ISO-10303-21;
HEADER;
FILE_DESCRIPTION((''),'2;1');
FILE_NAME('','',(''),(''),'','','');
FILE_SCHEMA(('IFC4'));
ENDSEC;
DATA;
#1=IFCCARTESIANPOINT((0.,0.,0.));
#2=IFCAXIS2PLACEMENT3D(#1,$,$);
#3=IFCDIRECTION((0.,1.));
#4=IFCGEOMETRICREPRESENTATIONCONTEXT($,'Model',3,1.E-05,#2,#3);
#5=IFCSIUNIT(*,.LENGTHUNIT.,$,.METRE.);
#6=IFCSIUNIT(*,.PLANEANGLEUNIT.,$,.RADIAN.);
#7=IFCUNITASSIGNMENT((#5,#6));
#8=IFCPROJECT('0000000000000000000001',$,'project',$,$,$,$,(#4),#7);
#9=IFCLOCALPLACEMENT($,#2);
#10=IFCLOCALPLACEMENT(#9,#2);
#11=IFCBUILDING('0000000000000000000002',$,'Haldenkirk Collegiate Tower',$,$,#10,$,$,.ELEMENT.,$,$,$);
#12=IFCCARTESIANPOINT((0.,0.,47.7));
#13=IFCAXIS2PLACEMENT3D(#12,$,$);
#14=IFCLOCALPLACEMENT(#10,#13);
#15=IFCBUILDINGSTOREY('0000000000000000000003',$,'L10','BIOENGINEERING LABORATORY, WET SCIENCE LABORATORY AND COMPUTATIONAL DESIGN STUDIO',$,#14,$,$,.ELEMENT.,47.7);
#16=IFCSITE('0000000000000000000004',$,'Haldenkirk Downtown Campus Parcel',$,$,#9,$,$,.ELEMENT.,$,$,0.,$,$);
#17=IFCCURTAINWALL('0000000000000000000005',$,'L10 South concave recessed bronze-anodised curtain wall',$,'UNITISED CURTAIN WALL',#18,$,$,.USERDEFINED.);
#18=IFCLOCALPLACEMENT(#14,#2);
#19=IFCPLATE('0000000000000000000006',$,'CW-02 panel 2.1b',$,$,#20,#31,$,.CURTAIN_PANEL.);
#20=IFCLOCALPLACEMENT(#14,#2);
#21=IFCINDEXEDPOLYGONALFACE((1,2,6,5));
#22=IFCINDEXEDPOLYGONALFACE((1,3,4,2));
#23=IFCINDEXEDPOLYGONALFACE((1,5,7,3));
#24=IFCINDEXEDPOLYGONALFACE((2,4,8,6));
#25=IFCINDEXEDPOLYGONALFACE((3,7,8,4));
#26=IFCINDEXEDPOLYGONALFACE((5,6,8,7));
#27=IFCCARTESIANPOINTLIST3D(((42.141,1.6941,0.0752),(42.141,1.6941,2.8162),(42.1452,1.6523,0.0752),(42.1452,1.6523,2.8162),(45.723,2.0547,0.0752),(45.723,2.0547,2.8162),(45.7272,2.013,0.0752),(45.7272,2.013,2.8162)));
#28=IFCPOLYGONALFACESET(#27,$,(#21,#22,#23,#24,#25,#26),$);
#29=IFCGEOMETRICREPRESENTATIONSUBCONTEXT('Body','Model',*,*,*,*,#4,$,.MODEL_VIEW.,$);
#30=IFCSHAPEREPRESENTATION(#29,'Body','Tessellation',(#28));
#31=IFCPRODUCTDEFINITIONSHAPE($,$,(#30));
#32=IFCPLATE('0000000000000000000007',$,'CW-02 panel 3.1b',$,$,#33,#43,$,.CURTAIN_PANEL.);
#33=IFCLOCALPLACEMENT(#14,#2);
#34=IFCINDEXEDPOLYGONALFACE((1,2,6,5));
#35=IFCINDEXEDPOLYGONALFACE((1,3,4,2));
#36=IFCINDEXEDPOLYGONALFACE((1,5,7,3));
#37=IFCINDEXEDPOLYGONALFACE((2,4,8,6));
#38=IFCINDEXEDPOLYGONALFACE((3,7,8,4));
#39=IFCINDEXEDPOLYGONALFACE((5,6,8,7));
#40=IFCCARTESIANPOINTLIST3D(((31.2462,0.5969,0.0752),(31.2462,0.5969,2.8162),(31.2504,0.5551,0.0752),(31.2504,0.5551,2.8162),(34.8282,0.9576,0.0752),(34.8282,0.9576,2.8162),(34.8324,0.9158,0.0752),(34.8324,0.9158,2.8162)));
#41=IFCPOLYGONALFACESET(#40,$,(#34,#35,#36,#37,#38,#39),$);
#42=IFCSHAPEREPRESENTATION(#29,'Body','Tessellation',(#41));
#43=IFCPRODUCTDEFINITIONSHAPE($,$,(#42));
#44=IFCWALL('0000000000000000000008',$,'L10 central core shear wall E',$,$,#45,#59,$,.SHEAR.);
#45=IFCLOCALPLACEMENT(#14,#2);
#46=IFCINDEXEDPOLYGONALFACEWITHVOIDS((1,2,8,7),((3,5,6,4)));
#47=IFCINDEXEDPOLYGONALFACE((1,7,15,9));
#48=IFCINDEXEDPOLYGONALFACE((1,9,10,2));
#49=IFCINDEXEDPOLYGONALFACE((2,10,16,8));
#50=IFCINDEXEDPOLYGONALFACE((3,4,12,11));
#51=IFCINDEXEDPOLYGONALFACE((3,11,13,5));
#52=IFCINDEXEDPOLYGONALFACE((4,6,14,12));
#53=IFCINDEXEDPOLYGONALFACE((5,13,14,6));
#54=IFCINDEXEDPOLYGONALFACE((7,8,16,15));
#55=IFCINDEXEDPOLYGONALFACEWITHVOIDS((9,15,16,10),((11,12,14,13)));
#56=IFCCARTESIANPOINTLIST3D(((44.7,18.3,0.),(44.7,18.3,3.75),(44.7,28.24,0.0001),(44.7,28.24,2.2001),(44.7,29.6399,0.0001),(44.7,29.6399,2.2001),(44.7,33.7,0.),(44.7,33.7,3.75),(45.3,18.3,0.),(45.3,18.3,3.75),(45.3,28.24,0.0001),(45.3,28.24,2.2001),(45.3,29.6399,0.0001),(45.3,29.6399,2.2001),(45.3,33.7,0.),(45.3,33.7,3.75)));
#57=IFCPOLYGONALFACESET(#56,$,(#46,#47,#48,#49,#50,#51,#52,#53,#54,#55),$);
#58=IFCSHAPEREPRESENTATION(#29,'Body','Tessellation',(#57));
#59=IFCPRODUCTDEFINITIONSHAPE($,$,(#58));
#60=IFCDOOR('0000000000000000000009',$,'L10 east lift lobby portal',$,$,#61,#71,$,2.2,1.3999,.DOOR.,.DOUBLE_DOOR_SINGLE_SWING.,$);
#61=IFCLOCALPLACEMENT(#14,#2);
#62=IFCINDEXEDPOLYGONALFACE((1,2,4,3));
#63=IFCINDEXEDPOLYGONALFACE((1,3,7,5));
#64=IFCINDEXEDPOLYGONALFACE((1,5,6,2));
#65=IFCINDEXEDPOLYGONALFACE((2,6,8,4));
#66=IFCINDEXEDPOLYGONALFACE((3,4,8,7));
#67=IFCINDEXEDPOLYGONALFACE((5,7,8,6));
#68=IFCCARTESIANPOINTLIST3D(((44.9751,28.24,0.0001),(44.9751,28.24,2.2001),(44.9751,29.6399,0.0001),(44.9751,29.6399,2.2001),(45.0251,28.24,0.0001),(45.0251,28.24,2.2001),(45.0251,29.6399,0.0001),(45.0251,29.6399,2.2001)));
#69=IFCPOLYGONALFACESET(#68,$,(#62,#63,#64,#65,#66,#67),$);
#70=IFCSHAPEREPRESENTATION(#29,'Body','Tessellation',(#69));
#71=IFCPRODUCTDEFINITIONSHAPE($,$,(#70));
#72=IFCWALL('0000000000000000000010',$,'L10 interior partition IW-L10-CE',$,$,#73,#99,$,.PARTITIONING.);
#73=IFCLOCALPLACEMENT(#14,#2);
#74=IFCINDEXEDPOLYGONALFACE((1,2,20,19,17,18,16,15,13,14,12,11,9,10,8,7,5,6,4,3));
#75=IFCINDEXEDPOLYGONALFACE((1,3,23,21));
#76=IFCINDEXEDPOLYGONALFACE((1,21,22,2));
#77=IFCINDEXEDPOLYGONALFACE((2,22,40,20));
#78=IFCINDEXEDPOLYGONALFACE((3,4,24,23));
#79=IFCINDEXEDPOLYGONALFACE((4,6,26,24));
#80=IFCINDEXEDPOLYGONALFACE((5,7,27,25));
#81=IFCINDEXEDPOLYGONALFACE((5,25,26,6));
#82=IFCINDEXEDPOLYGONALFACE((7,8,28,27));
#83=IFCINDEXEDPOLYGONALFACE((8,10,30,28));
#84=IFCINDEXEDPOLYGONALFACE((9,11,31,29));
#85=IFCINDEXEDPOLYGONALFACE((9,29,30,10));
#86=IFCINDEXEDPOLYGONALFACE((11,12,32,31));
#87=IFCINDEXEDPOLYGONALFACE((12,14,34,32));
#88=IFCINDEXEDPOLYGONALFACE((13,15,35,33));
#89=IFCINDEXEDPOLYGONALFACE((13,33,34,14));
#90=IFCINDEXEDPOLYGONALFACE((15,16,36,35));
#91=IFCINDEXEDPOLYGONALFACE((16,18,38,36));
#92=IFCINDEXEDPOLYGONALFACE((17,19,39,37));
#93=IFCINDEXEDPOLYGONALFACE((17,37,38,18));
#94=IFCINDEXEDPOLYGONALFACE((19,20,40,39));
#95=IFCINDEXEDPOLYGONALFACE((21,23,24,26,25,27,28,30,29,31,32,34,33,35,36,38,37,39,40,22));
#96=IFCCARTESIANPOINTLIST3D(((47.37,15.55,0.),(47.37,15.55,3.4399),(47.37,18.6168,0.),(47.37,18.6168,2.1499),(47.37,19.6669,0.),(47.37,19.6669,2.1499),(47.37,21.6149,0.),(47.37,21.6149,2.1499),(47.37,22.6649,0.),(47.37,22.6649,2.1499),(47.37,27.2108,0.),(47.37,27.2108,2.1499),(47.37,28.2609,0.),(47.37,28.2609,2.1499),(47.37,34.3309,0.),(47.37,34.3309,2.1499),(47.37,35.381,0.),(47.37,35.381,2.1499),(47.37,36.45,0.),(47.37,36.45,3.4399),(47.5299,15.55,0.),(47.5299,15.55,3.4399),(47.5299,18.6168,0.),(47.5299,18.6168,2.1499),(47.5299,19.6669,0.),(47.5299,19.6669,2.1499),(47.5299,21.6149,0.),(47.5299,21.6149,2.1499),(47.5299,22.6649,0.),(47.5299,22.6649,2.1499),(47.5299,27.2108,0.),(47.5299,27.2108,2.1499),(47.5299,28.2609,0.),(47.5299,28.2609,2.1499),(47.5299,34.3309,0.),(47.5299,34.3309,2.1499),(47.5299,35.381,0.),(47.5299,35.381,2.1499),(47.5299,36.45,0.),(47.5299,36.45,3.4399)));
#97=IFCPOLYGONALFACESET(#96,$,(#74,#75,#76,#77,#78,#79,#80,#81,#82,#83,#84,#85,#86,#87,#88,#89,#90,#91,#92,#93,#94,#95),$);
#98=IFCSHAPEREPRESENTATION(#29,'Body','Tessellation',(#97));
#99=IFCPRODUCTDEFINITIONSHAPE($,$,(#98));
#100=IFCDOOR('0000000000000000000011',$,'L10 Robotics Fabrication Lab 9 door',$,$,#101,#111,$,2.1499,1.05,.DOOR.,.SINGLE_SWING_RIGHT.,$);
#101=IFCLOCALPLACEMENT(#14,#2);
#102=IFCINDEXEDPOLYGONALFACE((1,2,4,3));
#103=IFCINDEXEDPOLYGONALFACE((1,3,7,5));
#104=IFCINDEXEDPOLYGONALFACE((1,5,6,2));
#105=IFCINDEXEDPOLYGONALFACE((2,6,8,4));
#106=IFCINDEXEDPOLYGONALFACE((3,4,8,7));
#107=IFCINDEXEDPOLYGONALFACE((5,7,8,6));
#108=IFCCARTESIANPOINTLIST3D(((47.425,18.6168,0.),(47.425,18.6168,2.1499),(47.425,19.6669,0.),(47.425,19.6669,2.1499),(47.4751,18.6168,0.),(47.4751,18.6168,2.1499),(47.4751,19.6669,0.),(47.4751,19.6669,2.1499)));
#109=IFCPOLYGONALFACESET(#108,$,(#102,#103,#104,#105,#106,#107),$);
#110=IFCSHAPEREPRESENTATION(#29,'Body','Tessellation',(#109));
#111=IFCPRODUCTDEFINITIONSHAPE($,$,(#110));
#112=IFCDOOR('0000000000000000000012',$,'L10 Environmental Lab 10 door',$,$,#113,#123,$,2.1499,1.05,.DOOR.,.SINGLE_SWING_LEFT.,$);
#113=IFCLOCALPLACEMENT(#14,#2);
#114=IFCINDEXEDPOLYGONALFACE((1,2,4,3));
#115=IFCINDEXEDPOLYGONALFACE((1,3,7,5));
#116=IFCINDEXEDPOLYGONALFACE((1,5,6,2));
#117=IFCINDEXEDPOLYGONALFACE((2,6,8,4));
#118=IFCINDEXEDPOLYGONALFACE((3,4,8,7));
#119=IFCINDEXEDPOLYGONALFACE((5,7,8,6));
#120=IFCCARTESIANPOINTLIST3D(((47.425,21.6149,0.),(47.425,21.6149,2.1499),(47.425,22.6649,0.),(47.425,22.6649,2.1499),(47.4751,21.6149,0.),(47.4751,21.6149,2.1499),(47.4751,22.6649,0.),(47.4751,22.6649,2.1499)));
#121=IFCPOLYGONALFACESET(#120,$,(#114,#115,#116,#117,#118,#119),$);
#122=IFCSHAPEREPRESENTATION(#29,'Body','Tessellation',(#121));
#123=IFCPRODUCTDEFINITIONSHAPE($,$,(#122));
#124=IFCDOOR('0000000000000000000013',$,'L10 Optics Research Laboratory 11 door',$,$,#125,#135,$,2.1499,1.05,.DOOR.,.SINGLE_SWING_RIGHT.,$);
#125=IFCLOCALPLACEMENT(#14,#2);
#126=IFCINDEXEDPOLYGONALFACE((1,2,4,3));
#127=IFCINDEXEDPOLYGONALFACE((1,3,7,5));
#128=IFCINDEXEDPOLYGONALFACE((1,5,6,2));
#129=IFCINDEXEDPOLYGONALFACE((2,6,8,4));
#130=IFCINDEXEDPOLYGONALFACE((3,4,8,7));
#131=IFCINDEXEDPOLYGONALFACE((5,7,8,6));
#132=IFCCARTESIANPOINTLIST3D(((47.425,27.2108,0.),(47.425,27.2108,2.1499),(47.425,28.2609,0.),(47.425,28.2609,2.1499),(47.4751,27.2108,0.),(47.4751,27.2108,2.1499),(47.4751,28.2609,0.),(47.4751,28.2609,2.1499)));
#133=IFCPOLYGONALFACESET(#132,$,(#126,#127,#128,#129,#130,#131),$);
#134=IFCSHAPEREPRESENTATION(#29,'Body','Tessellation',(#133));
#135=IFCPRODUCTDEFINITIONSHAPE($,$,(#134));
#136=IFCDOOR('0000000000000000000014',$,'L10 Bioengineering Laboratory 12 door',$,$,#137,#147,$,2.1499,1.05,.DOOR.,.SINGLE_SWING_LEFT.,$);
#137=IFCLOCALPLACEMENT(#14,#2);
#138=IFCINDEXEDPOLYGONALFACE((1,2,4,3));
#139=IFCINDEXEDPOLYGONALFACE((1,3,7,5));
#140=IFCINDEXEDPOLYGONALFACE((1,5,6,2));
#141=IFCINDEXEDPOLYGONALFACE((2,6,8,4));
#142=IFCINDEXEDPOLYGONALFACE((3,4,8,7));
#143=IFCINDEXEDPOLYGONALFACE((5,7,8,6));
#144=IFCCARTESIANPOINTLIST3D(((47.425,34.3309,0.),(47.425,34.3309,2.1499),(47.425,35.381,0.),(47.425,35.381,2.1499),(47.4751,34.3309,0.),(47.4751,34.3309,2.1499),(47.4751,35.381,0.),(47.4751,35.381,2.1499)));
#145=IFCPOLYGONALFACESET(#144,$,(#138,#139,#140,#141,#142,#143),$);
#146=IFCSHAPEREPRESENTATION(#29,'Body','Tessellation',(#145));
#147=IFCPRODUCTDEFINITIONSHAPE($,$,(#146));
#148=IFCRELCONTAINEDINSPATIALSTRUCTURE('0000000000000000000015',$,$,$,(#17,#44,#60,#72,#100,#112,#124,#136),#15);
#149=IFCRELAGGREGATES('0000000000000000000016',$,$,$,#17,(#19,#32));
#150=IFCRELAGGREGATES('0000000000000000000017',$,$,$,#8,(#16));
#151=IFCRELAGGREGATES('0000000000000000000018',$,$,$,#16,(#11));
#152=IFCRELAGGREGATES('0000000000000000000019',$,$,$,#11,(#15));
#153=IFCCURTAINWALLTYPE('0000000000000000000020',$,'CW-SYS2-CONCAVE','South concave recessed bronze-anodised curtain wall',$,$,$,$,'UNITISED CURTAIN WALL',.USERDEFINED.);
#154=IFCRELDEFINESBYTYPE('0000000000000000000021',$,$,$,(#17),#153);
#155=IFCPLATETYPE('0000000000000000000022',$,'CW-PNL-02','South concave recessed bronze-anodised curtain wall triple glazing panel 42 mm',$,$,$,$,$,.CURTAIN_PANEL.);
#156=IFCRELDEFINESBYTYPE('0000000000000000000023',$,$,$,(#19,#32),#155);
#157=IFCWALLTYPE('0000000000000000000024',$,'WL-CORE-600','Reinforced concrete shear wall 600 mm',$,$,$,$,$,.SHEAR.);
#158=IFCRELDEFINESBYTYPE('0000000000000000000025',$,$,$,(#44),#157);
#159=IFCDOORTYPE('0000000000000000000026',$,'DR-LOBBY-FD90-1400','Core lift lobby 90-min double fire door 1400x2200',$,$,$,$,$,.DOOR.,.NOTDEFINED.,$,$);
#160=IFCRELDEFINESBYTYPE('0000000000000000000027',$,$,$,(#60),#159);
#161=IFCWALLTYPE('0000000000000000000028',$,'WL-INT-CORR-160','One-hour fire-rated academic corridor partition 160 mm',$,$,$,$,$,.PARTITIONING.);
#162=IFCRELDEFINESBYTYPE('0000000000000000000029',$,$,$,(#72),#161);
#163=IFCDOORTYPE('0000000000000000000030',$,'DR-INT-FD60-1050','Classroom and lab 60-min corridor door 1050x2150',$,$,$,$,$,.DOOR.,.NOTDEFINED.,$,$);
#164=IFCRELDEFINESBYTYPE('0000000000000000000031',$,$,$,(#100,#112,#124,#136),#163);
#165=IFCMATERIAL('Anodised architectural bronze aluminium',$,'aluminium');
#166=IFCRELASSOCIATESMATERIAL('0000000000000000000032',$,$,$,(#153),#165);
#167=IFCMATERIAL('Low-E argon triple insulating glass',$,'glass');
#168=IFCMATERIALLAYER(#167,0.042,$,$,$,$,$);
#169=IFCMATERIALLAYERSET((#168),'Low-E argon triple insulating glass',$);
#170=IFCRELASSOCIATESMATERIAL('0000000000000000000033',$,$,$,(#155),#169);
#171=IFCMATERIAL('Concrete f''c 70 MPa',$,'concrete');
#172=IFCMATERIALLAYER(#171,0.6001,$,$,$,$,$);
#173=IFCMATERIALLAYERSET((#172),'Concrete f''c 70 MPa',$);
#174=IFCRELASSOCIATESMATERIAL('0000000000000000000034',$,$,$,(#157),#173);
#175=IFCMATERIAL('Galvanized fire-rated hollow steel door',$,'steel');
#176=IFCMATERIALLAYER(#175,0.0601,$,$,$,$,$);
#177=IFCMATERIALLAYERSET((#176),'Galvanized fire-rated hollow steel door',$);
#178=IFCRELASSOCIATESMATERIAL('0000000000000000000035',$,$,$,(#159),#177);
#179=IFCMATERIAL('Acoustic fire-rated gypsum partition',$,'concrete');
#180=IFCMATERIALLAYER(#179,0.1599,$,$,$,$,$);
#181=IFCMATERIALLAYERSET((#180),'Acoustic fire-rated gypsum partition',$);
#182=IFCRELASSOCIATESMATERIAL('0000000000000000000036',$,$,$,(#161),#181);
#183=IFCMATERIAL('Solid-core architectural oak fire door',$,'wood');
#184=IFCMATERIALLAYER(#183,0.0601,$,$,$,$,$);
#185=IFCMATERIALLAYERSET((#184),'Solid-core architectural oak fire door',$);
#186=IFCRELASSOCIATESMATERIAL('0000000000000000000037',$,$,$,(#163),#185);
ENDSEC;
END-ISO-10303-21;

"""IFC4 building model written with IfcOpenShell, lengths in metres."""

from ifc_helpers import new_model, si_unit, direction, frame, frame_2d, origin, origin_2d, place, context, subcontext, project, spatial, rectangle, extrude, source, transform, mapped, material, layer, layer_set, type_object, element, fill, aggregate, save


model = new_model("IFC4")

# Units and contexts
model_context = context("Model", 3, precision=1e-05, world=origin(), true_north=direction((0.0, 1.0)))
body_context = subcontext(model_context, "Body", "Model", "MODEL_VIEW")
ifc_project = project(units=[si_unit("LENGTHUNIT", "METRE"), si_unit("PLANEANGLEUNIT", "RADIAN")], contexts=[model_context])

# Site, building, storey
site_placement = place(None, origin())
site = spatial("IfcSite", under=ifc_project, at=site_placement, Name="Haldenkirk Downtown Campus Parcel", CompositionType="ELEMENT", RefElevation=0.0)
building_placement = place(site_placement, origin())
building = spatial("IfcBuilding", under=site, at=building_placement, Name="Haldenkirk Collegiate Tower", CompositionType="ELEMENT")
storey_placement = place(building_placement, frame((0.0, 0.0, 47.7)))
storey = spatial("IfcBuildingStorey", under=building, at=storey_placement, Name="L10", Description="BIOENGINEERING LABORATORY, WET SCIENCE LABORATORY AND COMPUTATIONAL DESIGN STUDIO", CompositionType="ELEMENT", Elevation=47.7)

# Curtain wall, plates
ifc_material_1 = material(Name="Anodised architectural bronze aluminium", Category="aluminium")
curtain_wall_type = type_object("IfcCurtainWallType", Name="CW-SYS2-CONCAVE", Description="South concave recessed bronze-anodised curtain wall", ElementType="UNITISED CURTAIN WALL", PredefinedType="USERDEFINED", material=ifc_material_1)
curtain_wall_placement = place(storey_placement, origin())
curtain_wall = element("IfcCurtainWall", 1, at=curtain_wall_placement, inside=storey, type_object=curtain_wall_type, Name="L10 South concave recessed bronze-anodised curtain wall", ObjectType="UNITISED CURTAIN WALL", PredefinedType="USERDEFINED")
ifc_material_2 = material(Name="Low-E argon triple insulating glass", Category="glass")
ifc_layer_1 = layer(ifc_material_2, 0.042)
ifc_layer_set_1 = layer_set([ifc_layer_1], Name="Low-E argon triple insulating glass")
plate_type = type_object("IfcPlateType", Name="CW-PNL-02", Description="South concave recessed bronze-anodised curtain wall triple glazing panel 42 mm", PredefinedType="CURTAIN_PANEL", material=ifc_layer_set_1)
shared_shape_1 = source(origin(), body_context, "Body", "SweptSolid", [
    extrude(rectangle(XDim=3.6001, YDim=0.042, at=origin_2d()), origin(), (0.0, 0.0, 1.0), 2.741),
])
plate_1_placement = place(storey_placement, frame((43.9341, 1.8535, 0.0752), z_axis=(0.0, 0.0, 1.0), x_axis=(-0.994969, -0.100187, 0.0)))
plate_1 = element("IfcPlate", 2, at=plate_1_placement, type_object=plate_type, Name="CW-02 panel 2.1b", PredefinedType="CURTAIN_PANEL", context=body_context, shape_type="MappedRepresentation", body=[
    mapped(shared_shape_1, transform((0.0, 0.0, 0.0), x_axis=(1.0, 0.0, 0.0), y_axis=(0.0, 1.0, 0.0), z_axis=(0.0, 0.0, 1.0), scale=1.0)),
])
plate_2_placement = place(storey_placement, frame((33.0393, 0.7563, 0.0752), z_axis=(0.0, 0.0, 1.0), x_axis=(-0.994969, -0.100187, 0.0)))
plate_2 = element("IfcPlate", 3, at=plate_2_placement, type_object=plate_type, Name="CW-02 panel 3.1b", PredefinedType="CURTAIN_PANEL", context=body_context, shape_type="MappedRepresentation", body=[
    mapped(shared_shape_1, transform((0.0, 0.0, 0.0), x_axis=(1.0, 0.0, 0.0), y_axis=(0.0, 1.0, 0.0), z_axis=(0.0, 0.0, 1.0), scale=1.0)),
])
aggregate(curtain_wall, [plate_1, plate_2])

# Wall, opening, door
ifc_material_3 = material(Name="Concrete f'c 70 MPa", Category="concrete")
ifc_layer_2 = layer(ifc_material_3, 0.6001)
ifc_layer_set_2 = layer_set([ifc_layer_2], Name="Concrete f'c 70 MPa")
wall_type_1 = type_object("IfcWallType", Name="WL-CORE-600", Description="Reinforced concrete shear wall 600 mm", PredefinedType="SHEAR", material=ifc_layer_set_2)
wall_1_placement = place(storey_placement, frame((45.0, 18.3, 0.0), z_axis=(0.0, 0.0, 1.0), x_axis=(0.0, 1.0, 0.0)))
wall_1 = element("IfcWall", 4, at=wall_1_placement, inside=storey, type_object=wall_type_1, Name="L10 central core shear wall E", PredefinedType="SHEAR", context=body_context, shape_type="SweptSolid", body=[
    extrude(rectangle(XDim=15.3999, YDim=0.6001, at=frame_2d((7.7, 0.0))), origin(), (0.0, 0.0, 1.0), 3.75),
])
opening_1_placement = place(wall_1_placement, frame((9.9399, 0.0, 0.0)))
opening_1 = element("IfcOpeningElement", 5, at=opening_1_placement, cuts=wall_1, PredefinedType="OPENING", context=body_context, shape_type="SweptSolid", body=[
    extrude(rectangle(XDim=1.3999, YDim=2.2, at=frame_2d((0.7, 1.1001))), frame((0.0, 0.3101, 0.0), z_axis=(0.0, -1.0, 0.0), x_axis=(1.0, 0.0, 0.0)), (0.0, 0.0, 1.0), 0.6201),
])
ifc_material_4 = material(Name="Galvanized fire-rated hollow steel door", Category="steel")
ifc_layer_3 = layer(ifc_material_4, 0.0601)
ifc_layer_set_3 = layer_set([ifc_layer_3], Name="Galvanized fire-rated hollow steel door")
door_type_1 = type_object("IfcDoorType", Name="DR-LOBBY-FD90-1400", Description="Core lift lobby 90-min double fire door 1400x2200", OperationType="NOTDEFINED", PredefinedType="DOOR", material=ifc_layer_set_3)
door_1_placement = place(opening_1_placement, origin())
door_1 = element("IfcDoor", 6, at=door_1_placement, inside=storey, type_object=door_type_1, Name="L10 east lift lobby portal", OperationType="DOUBLE_DOOR_SINGLE_SWING", OverallHeight=2.2, OverallWidth=1.3999, PredefinedType="DOOR", context=body_context, shape_type="SweptSolid", body=[
    extrude(rectangle(XDim=1.3999, YDim=2.2, at=frame_2d((0.7, 1.1001))), frame((0.0, 0.0249, 0.0), z_axis=(0.0, -1.0, 0.0), x_axis=(1.0, 0.0, 0.0)), (0.0, 0.0, 1.0), 0.05),
])
fill(opening_1, door_1)

# Wall, openings, doors
ifc_material_5 = material(Name="Acoustic fire-rated gypsum partition", Category="concrete")
ifc_layer_4 = layer(ifc_material_5, 0.1599)
ifc_layer_set_4 = layer_set([ifc_layer_4], Name="Acoustic fire-rated gypsum partition")
wall_type_2 = type_object("IfcWallType", Name="WL-INT-CORR-160", Description="One-hour fire-rated academic corridor partition 160 mm", PredefinedType="PARTITIONING", material=ifc_layer_set_4)
wall_2_placement = place(storey_placement, frame((47.45, 15.55, 0.0), z_axis=(0.0, 0.0, 1.0), x_axis=(0.0, 1.0, 0.0)))
wall_2 = element("IfcWall", 7, at=wall_2_placement, inside=storey, type_object=wall_type_2, Name="L10 interior partition IW-L10-CE", PredefinedType="PARTITIONING", context=body_context, shape_type="SweptSolid", body=[
    extrude(rectangle(XDim=20.8999, YDim=0.1599, at=frame_2d((10.45, 0.0))), origin(), (0.0, 0.0, 1.0), 3.4399),
])
opening_2_placement = place(wall_2_placement, frame((3.0669, 0.0, 0.0)))
opening_2 = element("IfcOpeningElement", 8, at=opening_2_placement, cuts=wall_2, PredefinedType="OPENING", context=body_context, shape_type="SweptSolid", body=[
    extrude(rectangle(XDim=1.05, YDim=2.1499, at=frame_2d((0.5249, 1.075))), frame((0.0, 0.0898, 0.0), z_axis=(0.0, -1.0, 0.0), x_axis=(1.0, 0.0, 0.0)), (0.0, 0.0, 1.0), 0.1799),
])
opening_3_placement = place(wall_2_placement, frame((6.0649, 0.0, 0.0)))
opening_3 = element("IfcOpeningElement", 9, at=opening_3_placement, cuts=wall_2, PredefinedType="OPENING", context=body_context, shape_type="SweptSolid", body=[
    extrude(rectangle(XDim=1.05, YDim=2.1499, at=frame_2d((0.5249, 1.075))), frame((0.0, 0.0898, 0.0), z_axis=(0.0, -1.0, 0.0), x_axis=(1.0, 0.0, 0.0)), (0.0, 0.0, 1.0), 0.1799),
])
opening_4_placement = place(wall_2_placement, frame((11.6609, 0.0, 0.0)))
opening_4 = element("IfcOpeningElement", 10, at=opening_4_placement, cuts=wall_2, PredefinedType="OPENING", context=body_context, shape_type="SweptSolid", body=[
    extrude(rectangle(XDim=1.05, YDim=2.1499, at=frame_2d((0.5249, 1.075))), frame((0.0, 0.0898, 0.0), z_axis=(0.0, -1.0, 0.0), x_axis=(1.0, 0.0, 0.0)), (0.0, 0.0, 1.0), 0.1799),
])
opening_5_placement = place(wall_2_placement, frame((18.781, 0.0, 0.0)))
opening_5 = element("IfcOpeningElement", 11, at=opening_5_placement, cuts=wall_2, PredefinedType="OPENING", context=body_context, shape_type="SweptSolid", body=[
    extrude(rectangle(XDim=1.05, YDim=2.1499, at=frame_2d((0.5249, 1.075))), frame((0.0, 0.0898, 0.0), z_axis=(0.0, -1.0, 0.0), x_axis=(1.0, 0.0, 0.0)), (0.0, 0.0, 1.0), 0.1799),
])
ifc_material_6 = material(Name="Solid-core architectural oak fire door", Category="wood")
ifc_layer_5 = layer(ifc_material_6, 0.0601)
ifc_layer_set_5 = layer_set([ifc_layer_5], Name="Solid-core architectural oak fire door")
door_type_2 = type_object("IfcDoorType", Name="DR-INT-FD60-1050", Description="Classroom and lab 60-min corridor door 1050x2150", OperationType="NOTDEFINED", PredefinedType="DOOR", material=ifc_layer_set_5)
door_2_placement = place(opening_2_placement, origin())
door_2 = element("IfcDoor", 12, at=door_2_placement, inside=storey, type_object=door_type_2, Name="L10 Robotics Fabrication Lab 9 door", OperationType="SINGLE_SWING_RIGHT", OverallHeight=2.1499, OverallWidth=1.05, PredefinedType="DOOR", context=body_context, shape_type="SweptSolid", body=[
    extrude(rectangle(XDim=1.05, YDim=2.1499, at=frame_2d((0.5249, 1.075))), frame((0.0, 0.0249, 0.0), z_axis=(0.0, -1.0, 0.0), x_axis=(1.0, 0.0, 0.0)), (0.0, 0.0, 1.0), 0.05),
])
fill(opening_2, door_2)
door_3_placement = place(opening_3_placement, origin())
door_3 = element("IfcDoor", 13, at=door_3_placement, inside=storey, type_object=door_type_2, Name="L10 Environmental Lab 10 door", OperationType="SINGLE_SWING_LEFT", OverallHeight=2.1499, OverallWidth=1.05, PredefinedType="DOOR", context=body_context, shape_type="SweptSolid", body=[
    extrude(rectangle(XDim=1.05, YDim=2.1499, at=frame_2d((0.5249, 1.075))), frame((0.0, 0.0249, 0.0), z_axis=(0.0, -1.0, 0.0), x_axis=(1.0, 0.0, 0.0)), (0.0, 0.0, 1.0), 0.05),
])
fill(opening_3, door_3)
door_4_placement = place(opening_4_placement, origin())
door_4 = element("IfcDoor", 14, at=door_4_placement, inside=storey, type_object=door_type_2, Name="L10 Optics Research Laboratory 11 door", OperationType="SINGLE_SWING_RIGHT", OverallHeight=2.1499, OverallWidth=1.05, PredefinedType="DOOR", context=body_context, shape_type="SweptSolid", body=[
    extrude(rectangle(XDim=1.05, YDim=2.1499, at=frame_2d((0.5249, 1.075))), frame((0.0, 0.0249, 0.0), z_axis=(0.0, -1.0, 0.0), x_axis=(1.0, 0.0, 0.0)), (0.0, 0.0, 1.0), 0.05),
])
fill(opening_4, door_4)
door_5_placement = place(opening_5_placement, origin())
door_5 = element("IfcDoor", 15, at=door_5_placement, inside=storey, type_object=door_type_2, Name="L10 Bioengineering Laboratory 12 door", OperationType="SINGLE_SWING_LEFT", OverallHeight=2.1499, OverallWidth=1.05, PredefinedType="DOOR", context=body_context, shape_type="SweptSolid", body=[
    extrude(rectangle(XDim=1.05, YDim=2.1499, at=frame_2d((0.5249, 1.075))), frame((0.0, 0.0249, 0.0), z_axis=(0.0, -1.0, 0.0), x_axis=(1.0, 0.0, 0.0)), (0.0, 0.0, 1.0), 0.05),
])
fill(opening_5, door_5)

save(model, "model.ifc")
